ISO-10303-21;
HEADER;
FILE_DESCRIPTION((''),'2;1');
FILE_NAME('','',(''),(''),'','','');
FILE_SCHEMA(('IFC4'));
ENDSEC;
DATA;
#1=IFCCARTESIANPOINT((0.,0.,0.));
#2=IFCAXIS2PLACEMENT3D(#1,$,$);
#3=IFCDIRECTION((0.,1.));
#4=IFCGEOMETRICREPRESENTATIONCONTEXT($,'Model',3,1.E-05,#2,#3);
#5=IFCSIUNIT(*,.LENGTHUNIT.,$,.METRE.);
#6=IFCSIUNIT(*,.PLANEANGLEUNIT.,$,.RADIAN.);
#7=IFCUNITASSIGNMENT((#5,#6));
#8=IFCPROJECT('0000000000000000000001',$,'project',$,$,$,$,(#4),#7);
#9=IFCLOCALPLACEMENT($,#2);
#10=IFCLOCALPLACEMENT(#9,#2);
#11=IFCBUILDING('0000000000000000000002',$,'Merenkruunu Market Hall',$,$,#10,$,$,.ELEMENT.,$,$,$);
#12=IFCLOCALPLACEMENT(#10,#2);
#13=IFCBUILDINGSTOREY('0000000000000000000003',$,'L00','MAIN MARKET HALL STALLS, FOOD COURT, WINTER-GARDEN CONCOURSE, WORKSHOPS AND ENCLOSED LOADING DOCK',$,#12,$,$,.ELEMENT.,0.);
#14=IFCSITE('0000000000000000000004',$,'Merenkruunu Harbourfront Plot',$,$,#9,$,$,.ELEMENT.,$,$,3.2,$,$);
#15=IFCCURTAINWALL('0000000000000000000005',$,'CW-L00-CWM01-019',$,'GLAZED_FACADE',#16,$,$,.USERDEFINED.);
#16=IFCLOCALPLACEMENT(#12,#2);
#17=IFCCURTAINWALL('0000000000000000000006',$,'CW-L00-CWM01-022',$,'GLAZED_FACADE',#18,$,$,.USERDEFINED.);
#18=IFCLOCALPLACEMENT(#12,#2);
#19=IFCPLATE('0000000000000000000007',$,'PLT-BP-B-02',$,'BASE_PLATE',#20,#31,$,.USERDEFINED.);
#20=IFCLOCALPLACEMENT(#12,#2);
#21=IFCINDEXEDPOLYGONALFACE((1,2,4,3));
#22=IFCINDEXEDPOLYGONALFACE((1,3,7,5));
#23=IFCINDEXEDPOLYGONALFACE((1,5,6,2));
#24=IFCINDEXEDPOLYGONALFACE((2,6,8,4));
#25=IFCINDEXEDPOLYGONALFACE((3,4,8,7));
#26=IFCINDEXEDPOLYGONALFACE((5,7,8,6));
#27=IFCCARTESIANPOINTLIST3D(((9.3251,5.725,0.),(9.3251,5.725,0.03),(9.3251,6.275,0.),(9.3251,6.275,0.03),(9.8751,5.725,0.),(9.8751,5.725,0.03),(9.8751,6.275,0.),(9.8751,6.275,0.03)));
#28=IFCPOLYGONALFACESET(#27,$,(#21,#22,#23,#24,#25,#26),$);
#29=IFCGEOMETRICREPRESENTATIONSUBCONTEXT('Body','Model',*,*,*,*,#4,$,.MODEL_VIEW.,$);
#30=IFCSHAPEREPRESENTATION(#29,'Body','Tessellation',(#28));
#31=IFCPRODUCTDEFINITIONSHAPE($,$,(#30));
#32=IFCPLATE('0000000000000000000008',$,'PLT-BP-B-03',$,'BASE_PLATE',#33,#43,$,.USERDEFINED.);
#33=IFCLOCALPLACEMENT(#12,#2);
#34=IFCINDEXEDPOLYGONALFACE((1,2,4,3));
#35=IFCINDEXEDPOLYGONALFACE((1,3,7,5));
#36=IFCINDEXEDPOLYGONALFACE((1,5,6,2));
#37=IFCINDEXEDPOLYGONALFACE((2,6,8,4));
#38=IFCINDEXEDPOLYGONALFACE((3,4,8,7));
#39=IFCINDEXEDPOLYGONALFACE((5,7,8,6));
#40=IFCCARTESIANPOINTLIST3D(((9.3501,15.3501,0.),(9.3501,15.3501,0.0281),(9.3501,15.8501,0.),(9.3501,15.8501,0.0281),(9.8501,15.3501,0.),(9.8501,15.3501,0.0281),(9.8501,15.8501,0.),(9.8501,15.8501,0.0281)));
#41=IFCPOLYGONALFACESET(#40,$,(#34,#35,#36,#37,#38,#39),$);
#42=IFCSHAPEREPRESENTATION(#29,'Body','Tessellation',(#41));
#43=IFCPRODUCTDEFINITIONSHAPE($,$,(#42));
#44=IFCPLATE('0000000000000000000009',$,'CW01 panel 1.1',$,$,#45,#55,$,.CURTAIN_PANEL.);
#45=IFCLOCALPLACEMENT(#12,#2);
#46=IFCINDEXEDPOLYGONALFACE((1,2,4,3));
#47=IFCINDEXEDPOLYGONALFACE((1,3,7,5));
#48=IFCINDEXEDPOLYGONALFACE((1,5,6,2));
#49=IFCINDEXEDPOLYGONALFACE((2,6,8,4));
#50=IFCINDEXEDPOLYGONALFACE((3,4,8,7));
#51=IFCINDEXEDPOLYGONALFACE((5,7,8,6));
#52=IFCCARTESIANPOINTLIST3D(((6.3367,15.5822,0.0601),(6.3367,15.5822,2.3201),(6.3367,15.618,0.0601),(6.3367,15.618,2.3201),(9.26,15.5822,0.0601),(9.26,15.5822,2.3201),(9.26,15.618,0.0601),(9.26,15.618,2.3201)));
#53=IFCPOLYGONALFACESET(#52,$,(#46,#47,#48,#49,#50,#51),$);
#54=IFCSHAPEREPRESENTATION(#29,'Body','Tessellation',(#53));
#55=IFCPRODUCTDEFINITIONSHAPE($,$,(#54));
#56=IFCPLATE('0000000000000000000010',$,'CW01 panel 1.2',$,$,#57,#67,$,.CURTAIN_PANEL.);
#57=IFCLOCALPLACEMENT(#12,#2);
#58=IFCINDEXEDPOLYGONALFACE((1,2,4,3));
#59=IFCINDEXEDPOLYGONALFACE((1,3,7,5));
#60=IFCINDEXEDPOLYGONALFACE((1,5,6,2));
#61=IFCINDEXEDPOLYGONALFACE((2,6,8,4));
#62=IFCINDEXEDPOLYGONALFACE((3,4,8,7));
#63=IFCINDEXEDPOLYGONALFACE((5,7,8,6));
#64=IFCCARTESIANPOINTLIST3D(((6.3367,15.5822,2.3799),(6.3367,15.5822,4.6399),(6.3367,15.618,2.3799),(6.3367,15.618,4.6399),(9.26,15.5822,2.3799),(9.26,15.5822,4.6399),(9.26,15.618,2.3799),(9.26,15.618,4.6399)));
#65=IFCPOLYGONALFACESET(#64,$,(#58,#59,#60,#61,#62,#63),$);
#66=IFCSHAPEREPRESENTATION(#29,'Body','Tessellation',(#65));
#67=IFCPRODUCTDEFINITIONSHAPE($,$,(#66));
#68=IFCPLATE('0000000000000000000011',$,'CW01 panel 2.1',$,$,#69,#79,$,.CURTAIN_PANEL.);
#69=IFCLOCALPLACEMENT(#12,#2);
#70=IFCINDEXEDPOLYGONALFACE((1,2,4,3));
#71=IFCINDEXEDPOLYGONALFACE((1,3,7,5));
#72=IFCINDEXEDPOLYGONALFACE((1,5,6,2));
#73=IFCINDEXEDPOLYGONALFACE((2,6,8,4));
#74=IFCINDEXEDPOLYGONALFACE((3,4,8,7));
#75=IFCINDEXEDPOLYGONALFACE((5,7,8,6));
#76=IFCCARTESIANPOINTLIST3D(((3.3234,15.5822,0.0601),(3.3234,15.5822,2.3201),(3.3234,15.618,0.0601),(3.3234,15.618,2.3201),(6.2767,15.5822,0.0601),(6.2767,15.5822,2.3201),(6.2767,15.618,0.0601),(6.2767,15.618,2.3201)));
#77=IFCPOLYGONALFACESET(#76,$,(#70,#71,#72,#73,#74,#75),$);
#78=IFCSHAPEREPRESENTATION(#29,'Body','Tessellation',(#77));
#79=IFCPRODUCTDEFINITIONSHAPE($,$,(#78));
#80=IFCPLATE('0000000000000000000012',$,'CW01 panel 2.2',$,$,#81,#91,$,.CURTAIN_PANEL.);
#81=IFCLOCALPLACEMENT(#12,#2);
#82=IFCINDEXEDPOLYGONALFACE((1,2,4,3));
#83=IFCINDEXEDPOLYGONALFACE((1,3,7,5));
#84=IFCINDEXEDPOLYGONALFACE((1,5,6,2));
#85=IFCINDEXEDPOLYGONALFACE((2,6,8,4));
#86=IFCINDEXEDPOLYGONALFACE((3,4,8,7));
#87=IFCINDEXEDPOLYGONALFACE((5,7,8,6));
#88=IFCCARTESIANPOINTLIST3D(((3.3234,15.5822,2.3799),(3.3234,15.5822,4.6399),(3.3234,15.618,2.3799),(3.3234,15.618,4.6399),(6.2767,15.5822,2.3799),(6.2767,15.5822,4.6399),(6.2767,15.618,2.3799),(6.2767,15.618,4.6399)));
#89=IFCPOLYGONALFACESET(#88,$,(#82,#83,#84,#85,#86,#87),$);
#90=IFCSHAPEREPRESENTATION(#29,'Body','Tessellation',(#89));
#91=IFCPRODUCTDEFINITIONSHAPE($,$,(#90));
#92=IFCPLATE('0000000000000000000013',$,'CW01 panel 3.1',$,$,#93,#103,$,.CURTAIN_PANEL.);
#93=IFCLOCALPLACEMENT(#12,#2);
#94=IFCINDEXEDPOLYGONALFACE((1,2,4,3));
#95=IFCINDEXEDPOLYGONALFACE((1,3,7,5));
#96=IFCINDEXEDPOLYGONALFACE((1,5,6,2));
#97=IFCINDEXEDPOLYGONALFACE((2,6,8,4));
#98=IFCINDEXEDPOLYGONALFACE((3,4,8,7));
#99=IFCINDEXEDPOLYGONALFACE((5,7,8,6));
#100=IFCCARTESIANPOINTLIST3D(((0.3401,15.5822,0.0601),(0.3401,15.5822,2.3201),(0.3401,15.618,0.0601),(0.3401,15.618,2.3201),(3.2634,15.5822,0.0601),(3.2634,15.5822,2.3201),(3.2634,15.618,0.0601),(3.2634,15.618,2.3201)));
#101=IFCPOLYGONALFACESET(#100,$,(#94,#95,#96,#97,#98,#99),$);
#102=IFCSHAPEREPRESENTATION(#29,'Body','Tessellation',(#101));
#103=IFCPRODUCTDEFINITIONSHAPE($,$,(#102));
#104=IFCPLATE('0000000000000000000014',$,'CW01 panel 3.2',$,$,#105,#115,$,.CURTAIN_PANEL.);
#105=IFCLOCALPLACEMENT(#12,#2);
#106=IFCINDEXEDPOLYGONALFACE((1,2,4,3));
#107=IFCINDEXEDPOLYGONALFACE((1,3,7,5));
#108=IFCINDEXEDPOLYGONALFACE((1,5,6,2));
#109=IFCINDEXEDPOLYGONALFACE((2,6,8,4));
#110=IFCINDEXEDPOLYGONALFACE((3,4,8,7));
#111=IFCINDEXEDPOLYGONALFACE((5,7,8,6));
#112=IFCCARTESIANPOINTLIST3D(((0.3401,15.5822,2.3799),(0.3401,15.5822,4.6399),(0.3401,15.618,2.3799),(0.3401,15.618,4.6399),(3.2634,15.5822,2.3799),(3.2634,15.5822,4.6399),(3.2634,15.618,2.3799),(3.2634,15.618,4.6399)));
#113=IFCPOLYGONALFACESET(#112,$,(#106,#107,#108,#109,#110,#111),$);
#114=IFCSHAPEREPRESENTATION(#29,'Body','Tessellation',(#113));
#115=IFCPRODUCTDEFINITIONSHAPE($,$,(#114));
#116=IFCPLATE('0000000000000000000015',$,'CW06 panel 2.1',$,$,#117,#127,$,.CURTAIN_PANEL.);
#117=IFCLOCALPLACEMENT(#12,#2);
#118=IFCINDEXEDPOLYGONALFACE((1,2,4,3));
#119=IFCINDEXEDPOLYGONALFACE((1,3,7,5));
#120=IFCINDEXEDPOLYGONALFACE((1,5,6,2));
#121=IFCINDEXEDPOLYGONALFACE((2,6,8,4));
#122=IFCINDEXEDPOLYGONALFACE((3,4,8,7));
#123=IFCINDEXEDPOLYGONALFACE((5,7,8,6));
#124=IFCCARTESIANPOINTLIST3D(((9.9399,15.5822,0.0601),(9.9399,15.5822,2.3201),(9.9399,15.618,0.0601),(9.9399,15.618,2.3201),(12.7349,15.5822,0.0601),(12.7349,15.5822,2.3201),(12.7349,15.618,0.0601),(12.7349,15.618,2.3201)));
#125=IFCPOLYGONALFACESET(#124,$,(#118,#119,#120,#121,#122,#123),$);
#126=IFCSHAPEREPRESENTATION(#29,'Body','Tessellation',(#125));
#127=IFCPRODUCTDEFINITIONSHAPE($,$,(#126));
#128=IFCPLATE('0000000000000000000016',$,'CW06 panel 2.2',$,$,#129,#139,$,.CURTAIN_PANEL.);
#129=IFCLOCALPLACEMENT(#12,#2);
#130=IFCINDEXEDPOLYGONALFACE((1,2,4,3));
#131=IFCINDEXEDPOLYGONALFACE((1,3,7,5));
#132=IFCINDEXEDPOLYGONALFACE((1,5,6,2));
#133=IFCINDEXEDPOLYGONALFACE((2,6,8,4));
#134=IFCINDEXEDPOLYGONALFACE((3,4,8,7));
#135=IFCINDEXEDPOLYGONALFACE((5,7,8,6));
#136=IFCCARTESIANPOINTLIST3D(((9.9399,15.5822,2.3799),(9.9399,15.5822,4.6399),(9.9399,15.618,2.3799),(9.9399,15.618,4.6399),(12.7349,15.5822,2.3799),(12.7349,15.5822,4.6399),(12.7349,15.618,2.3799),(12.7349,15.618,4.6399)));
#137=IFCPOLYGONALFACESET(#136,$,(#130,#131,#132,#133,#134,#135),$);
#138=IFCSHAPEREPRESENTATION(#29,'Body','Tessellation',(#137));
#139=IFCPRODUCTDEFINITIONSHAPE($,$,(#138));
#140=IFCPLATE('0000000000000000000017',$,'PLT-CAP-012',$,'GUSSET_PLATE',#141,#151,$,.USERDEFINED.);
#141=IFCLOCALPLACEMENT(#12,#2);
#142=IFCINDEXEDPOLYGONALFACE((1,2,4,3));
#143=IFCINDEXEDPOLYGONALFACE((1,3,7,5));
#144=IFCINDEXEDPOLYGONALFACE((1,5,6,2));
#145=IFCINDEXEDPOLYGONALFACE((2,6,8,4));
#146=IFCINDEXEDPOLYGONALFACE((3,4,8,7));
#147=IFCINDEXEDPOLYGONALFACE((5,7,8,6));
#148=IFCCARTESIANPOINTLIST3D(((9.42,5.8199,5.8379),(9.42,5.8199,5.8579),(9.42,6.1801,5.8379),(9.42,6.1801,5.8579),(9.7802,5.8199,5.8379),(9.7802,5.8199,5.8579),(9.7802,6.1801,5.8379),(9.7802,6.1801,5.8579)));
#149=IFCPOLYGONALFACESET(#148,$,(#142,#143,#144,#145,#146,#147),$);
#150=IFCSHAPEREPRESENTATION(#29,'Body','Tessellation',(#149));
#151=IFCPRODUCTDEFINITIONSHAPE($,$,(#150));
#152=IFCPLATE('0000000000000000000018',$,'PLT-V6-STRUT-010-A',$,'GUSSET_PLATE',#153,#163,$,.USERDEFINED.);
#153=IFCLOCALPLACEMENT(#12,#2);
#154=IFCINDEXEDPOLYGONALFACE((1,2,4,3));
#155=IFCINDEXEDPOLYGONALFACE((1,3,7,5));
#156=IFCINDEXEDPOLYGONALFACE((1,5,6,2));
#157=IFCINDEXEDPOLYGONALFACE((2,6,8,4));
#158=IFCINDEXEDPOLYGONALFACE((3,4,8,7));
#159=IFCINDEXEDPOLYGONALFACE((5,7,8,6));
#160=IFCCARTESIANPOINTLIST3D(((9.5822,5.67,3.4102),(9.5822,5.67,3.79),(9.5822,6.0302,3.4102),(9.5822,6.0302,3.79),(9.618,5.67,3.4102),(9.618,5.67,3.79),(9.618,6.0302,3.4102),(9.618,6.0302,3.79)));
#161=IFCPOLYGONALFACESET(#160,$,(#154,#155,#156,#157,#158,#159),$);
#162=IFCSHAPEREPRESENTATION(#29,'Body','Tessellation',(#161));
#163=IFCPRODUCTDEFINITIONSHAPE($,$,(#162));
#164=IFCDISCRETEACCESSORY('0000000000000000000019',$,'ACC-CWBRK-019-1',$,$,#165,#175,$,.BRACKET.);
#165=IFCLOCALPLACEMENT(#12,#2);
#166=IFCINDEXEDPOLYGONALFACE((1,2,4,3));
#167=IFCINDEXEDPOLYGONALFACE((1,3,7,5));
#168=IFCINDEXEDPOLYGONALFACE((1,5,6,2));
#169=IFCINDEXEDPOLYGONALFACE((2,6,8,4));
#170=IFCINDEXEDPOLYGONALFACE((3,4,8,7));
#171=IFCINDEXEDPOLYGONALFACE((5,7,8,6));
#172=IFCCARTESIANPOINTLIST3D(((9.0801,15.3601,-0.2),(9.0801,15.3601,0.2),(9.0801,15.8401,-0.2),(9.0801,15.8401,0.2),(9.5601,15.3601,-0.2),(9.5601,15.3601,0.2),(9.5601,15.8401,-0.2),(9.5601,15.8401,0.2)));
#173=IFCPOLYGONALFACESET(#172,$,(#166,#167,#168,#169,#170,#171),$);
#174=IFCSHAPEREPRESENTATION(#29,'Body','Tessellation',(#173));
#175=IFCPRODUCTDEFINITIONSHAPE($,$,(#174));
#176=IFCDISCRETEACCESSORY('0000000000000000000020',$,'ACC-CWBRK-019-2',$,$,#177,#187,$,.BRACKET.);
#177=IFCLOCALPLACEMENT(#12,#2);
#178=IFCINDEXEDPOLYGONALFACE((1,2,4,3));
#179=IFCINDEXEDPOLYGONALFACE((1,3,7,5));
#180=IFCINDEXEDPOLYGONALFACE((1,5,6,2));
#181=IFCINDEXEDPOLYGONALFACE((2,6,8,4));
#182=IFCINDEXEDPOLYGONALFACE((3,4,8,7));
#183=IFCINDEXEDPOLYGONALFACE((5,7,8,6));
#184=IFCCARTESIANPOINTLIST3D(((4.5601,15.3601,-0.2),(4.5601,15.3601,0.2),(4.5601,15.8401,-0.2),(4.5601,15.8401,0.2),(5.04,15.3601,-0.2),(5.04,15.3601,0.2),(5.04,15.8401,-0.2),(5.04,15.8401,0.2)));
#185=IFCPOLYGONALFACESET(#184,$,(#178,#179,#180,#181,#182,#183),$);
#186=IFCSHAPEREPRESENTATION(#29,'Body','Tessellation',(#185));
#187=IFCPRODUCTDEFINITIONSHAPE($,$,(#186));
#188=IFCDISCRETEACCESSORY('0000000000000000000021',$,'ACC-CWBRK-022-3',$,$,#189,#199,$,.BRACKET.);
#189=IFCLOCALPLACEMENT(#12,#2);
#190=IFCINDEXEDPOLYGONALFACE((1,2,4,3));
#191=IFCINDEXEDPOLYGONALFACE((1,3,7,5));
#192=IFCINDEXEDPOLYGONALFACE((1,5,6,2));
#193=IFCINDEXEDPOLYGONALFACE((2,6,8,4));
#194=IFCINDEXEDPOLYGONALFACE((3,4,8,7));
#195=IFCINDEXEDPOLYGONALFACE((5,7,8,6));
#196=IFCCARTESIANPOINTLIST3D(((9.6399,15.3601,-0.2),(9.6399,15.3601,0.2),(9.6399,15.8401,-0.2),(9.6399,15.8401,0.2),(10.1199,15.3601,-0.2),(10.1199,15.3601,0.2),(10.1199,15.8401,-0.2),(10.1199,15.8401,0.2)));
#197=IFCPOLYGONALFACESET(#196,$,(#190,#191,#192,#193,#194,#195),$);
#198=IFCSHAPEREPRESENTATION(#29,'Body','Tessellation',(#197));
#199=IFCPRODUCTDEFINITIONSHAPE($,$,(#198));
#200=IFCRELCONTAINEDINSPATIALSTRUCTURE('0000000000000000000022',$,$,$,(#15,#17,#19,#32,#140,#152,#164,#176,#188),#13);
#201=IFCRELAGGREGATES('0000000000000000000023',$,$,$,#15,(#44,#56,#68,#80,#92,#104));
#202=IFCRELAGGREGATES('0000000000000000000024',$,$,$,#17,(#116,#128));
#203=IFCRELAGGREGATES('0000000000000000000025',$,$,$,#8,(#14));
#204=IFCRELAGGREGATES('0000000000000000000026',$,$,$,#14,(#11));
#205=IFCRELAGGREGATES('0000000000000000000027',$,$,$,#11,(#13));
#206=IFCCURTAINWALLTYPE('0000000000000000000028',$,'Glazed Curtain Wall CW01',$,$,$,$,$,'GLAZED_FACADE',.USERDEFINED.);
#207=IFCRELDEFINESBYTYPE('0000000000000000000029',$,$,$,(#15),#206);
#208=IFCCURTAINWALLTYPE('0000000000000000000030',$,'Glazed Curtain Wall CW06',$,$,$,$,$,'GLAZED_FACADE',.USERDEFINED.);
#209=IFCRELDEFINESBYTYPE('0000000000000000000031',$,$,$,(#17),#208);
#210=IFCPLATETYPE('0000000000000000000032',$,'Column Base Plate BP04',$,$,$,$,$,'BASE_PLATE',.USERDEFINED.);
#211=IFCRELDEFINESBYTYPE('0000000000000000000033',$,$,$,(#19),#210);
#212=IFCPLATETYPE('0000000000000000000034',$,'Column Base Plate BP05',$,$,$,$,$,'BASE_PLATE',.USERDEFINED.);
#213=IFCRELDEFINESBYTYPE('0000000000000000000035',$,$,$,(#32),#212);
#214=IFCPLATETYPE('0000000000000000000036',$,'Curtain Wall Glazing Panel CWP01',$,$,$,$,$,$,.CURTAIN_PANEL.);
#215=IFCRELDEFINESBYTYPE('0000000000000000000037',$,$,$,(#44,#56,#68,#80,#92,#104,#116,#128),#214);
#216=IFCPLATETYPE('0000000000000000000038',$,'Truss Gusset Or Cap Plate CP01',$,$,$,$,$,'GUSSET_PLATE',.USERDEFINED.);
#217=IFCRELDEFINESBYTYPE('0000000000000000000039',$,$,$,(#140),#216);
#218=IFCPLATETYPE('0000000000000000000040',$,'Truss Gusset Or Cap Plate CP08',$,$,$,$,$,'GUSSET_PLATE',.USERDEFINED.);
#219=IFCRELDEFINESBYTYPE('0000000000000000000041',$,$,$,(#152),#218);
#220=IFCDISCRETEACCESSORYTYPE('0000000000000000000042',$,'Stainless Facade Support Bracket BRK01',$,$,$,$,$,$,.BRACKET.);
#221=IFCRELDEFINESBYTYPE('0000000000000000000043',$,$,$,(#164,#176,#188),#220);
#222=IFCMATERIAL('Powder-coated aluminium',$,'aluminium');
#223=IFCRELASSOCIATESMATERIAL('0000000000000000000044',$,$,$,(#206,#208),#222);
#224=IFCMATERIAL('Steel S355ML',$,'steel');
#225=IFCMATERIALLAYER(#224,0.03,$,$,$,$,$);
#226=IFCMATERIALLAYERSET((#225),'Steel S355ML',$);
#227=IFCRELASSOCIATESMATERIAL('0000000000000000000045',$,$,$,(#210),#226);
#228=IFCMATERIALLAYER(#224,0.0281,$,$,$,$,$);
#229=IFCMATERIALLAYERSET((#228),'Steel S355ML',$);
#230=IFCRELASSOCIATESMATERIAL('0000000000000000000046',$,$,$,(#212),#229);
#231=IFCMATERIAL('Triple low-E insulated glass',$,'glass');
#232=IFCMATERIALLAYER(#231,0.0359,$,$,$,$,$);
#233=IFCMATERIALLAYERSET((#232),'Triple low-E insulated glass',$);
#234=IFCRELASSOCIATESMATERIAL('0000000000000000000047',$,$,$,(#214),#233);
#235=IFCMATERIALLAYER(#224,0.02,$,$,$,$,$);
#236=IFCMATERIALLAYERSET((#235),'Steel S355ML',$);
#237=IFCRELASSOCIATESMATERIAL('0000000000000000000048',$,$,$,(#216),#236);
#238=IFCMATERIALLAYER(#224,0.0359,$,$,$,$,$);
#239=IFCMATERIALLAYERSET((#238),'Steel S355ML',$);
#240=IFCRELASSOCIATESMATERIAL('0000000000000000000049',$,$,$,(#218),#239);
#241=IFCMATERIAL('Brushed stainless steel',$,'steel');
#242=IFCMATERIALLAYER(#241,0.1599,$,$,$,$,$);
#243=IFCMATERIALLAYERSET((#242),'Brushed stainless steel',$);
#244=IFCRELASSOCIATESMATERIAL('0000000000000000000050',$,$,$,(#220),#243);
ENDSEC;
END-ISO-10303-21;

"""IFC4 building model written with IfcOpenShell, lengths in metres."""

from ifc_helpers import new_model, si_unit, direction, frame, origin, origin_2d, place, context, subcontext, project, spatial, rectangle, extrude, material, layer, layer_set, type_object, element, aggregate, save


model = new_model("IFC4")

# Units and contexts
model_context = context("Model", 3, precision=1e-05, world=origin(), true_north=direction((0.0, 1.0)))
body_context = subcontext(model_context, "Body", "Model", "MODEL_VIEW")
ifc_project = project(units=[si_unit("LENGTHUNIT", "METRE"), si_unit("PLANEANGLEUNIT", "RADIAN")], contexts=[model_context])

# Site, building, storey
site_placement = place(None, origin())
site = spatial("IfcSite", under=ifc_project, at=site_placement, Name="Merenkruunu Harbourfront Plot", CompositionType="ELEMENT", RefElevation=3.2)
building_placement = place(site_placement, origin())
building = spatial("IfcBuilding", under=site, at=building_placement, Name="Merenkruunu Market Hall", CompositionType="ELEMENT")
storey_placement = place(building_placement, origin())
storey = spatial("IfcBuildingStorey", under=building, at=storey_placement, Name="L00", Description="MAIN MARKET HALL STALLS, FOOD COURT, WINTER-GARDEN CONCOURSE, WORKSHOPS AND ENCLOSED LOADING DOCK", CompositionType="ELEMENT", Elevation=0.0)

# Shared definitions
ifc_material_1 = material(Name="Steel S355ML", Category="steel")

# Curtain walls
ifc_material_2 = material(Name="Powder-coated aluminium", Category="aluminium")
curtain_wall_type_1 = type_object("IfcCurtainWallType", Name="Glazed Curtain Wall CW01", ElementType="GLAZED_FACADE", PredefinedType="USERDEFINED", material=ifc_material_2)
curtain_wall_1_placement = place(storey_placement, origin())
curtain_wall_1 = element("IfcCurtainWall", 1, at=curtain_wall_1_placement, inside=storey, type_object=curtain_wall_type_1, Name="CW-L00-CWM01-019", ObjectType="GLAZED_FACADE", PredefinedType="USERDEFINED")
curtain_wall_type_2 = type_object("IfcCurtainWallType", Name="Glazed Curtain Wall CW06", ElementType="GLAZED_FACADE", PredefinedType="USERDEFINED", material=ifc_material_2)
curtain_wall_2_placement = place(storey_placement, origin())
curtain_wall_2 = element("IfcCurtainWall", 2, at=curtain_wall_2_placement, inside=storey, type_object=curtain_wall_type_2, Name="CW-L00-CWM01-022", ObjectType="GLAZED_FACADE", PredefinedType="USERDEFINED")

# Plates
ifc_layer_1 = layer(ifc_material_1, 0.03)
ifc_layer_set_1 = layer_set([ifc_layer_1], Name="Steel S355ML")
plate_type_1 = type_object("IfcPlateType", Name="Column Base Plate BP04", ElementType="BASE_PLATE", PredefinedType="USERDEFINED", material=ifc_layer_set_1)
plate_1_placement = place(storey_placement, frame((9.6001, 6.0, 0.0), z_axis=(0.0, 0.0, 1.0), x_axis=(1.0, 0.0, 0.0)))
element("IfcPlate", 3, at=plate_1_placement, inside=storey, type_object=plate_type_1, Name="PLT-BP-B-02", ObjectType="BASE_PLATE", PredefinedType="USERDEFINED", context=body_context, shape_type="SweptSolid", body=[
    extrude(rectangle(XDim=0.55, YDim=0.55, at=origin_2d()), origin(), (0.0, 0.0, 1.0), 0.03),
])
ifc_layer_2 = layer(ifc_material_1, 0.0281)
ifc_layer_set_2 = layer_set([ifc_layer_2], Name="Steel S355ML")
plate_type_2 = type_object("IfcPlateType", Name="Column Base Plate BP05", ElementType="BASE_PLATE", PredefinedType="USERDEFINED", material=ifc_layer_set_2)
plate_2_placement = place(storey_placement, frame((9.6001, 15.6001, 0.0), z_axis=(0.0, 0.0, 1.0), x_axis=(1.0, 0.0, 0.0)))
element("IfcPlate", 4, at=plate_2_placement, inside=storey, type_object=plate_type_2, Name="PLT-BP-B-03", ObjectType="BASE_PLATE", PredefinedType="USERDEFINED", context=body_context, shape_type="SweptSolid", body=[
    extrude(rectangle(XDim=0.5, YDim=0.5, at=origin_2d()), origin(), (0.0, 0.0, 1.0), 0.0281),
])

# Plates
ifc_material_3 = material(Name="Triple low-E insulated glass", Category="glass")
ifc_layer_3 = layer(ifc_material_3, 0.0359)
ifc_layer_set_3 = layer_set([ifc_layer_3], Name="Triple low-E insulated glass")
plate_type_3 = type_object("IfcPlateType", Name="Curtain Wall Glazing Panel CWP01", PredefinedType="CURTAIN_PANEL", material=ifc_layer_set_3)
plate_3_placement = place(storey_placement, frame((7.7983, 15.6001, 0.0601), z_axis=(0.0, 0.0, 1.0), x_axis=(-1.0, 0.0, 0.0)))
plate_3 = element("IfcPlate", 5, at=plate_3_placement, type_object=plate_type_3, Name="CW01 panel 1.1", PredefinedType="CURTAIN_PANEL", context=body_context, shape_type="SweptSolid", body=[
    extrude(rectangle(XDim=2.9233, YDim=0.0359, at=origin_2d()), origin(), (0.0, 0.0, 1.0), 2.26),
])
plate_4_placement = place(storey_placement, frame((7.7983, 15.6001, 2.3799), z_axis=(0.0, 0.0, 1.0), x_axis=(-1.0, 0.0, 0.0)))
plate_4 = element("IfcPlate", 6, at=plate_4_placement, type_object=plate_type_3, Name="CW01 panel 1.2", PredefinedType="CURTAIN_PANEL", context=body_context, shape_type="SweptSolid", body=[
    extrude(rectangle(XDim=2.9233, YDim=0.0359, at=origin_2d()), origin(), (0.0, 0.0, 1.0), 2.26),
])
plate_5_placement = place(storey_placement, frame((4.8, 15.6001, 0.0601), z_axis=(0.0, 0.0, 1.0), x_axis=(-1.0, 0.0, 0.0)))
plate_5 = element("IfcPlate", 7, at=plate_5_placement, type_object=plate_type_3, Name="CW01 panel 2.1", PredefinedType="CURTAIN_PANEL", context=body_context, shape_type="SweptSolid", body=[
    extrude(rectangle(XDim=2.9534, YDim=0.0359, at=origin_2d()), origin(), (0.0, 0.0, 1.0), 2.26),
])
plate_6_placement = place(storey_placement, frame((4.8, 15.6001, 2.3799), z_axis=(0.0, 0.0, 1.0), x_axis=(-1.0, 0.0, 0.0)))
plate_6 = element("IfcPlate", 8, at=plate_6_placement, type_object=plate_type_3, Name="CW01 panel 2.2", PredefinedType="CURTAIN_PANEL", context=body_context, shape_type="SweptSolid", body=[
    extrude(rectangle(XDim=2.9534, YDim=0.0359, at=origin_2d()), origin(), (0.0, 0.0, 1.0), 2.26),
])
plate_7_placement = place(storey_placement, frame((1.8018, 15.6001, 0.0601), z_axis=(0.0, 0.0, 1.0), x_axis=(-1.0, 0.0, 0.0)))
plate_7 = element("IfcPlate", 9, at=plate_7_placement, type_object=plate_type_3, Name="CW01 panel 3.1", PredefinedType="CURTAIN_PANEL", context=body_context, shape_type="SweptSolid", body=[
    extrude(rectangle(XDim=2.9233, YDim=0.0359, at=origin_2d()), origin(), (0.0, 0.0, 1.0), 2.26),
])
plate_8_placement = place(storey_placement, frame((1.8018, 15.6001, 2.3799), z_axis=(0.0, 0.0, 1.0), x_axis=(-1.0, 0.0, 0.0)))
plate_8 = element("IfcPlate", 10, at=plate_8_placement, type_object=plate_type_3, Name="CW01 panel 3.2", PredefinedType="CURTAIN_PANEL", context=body_context, shape_type="SweptSolid", body=[
    extrude(rectangle(XDim=2.9233, YDim=0.0359, at=origin_2d()), origin(), (0.0, 0.0, 1.0), 2.26),
])
aggregate(curtain_wall_1, [plate_3, plate_4, plate_5, plate_6, plate_7, plate_8])
plate_9_placement = place(storey_placement, frame((11.3374, 15.6001, 0.0601), z_axis=(0.0, 0.0, 1.0), x_axis=(-1.0, 0.0, 0.0)))
plate_9 = element("IfcPlate", 11, at=plate_9_placement, type_object=plate_type_3, Name="CW06 panel 2.1", PredefinedType="CURTAIN_PANEL", context=body_context, shape_type="SweptSolid", body=[
    extrude(rectangle(XDim=2.7949, YDim=0.0359, at=origin_2d()), origin(), (0.0, 0.0, 1.0), 2.26),
])
plate_10_placement = place(storey_placement, frame((11.3374, 15.6001, 2.3799), z_axis=(0.0, 0.0, 1.0), x_axis=(-1.0, 0.0, 0.0)))
plate_10 = element("IfcPlate", 12, at=plate_10_placement, type_object=plate_type_3, Name="CW06 panel 2.2", PredefinedType="CURTAIN_PANEL", context=body_context, shape_type="SweptSolid", body=[
    extrude(rectangle(XDim=2.7949, YDim=0.0359, at=origin_2d()), origin(), (0.0, 0.0, 1.0), 2.26),
])
aggregate(curtain_wall_2, [plate_9, plate_10])

# Plates
ifc_layer_4 = layer(ifc_material_1, 0.02)
ifc_layer_set_4 = layer_set([ifc_layer_4], Name="Steel S355ML")
plate_type_4 = type_object("IfcPlateType", Name="Truss Gusset Or Cap Plate CP01", ElementType="GUSSET_PLATE", PredefinedType="USERDEFINED", material=ifc_layer_set_4)
plate_11_placement = place(storey_placement, frame((9.6001, 6.0, 5.8379), z_axis=(0.0, 0.0, 1.0), x_axis=(1.0, 0.0, 0.0)))
element("IfcPlate", 13, at=plate_11_placement, inside=storey, type_object=plate_type_4, Name="PLT-CAP-012", ObjectType="GUSSET_PLATE", PredefinedType="USERDEFINED", context=body_context, shape_type="SweptSolid", body=[
    extrude(rectangle(XDim=0.3601, YDim=0.3601, at=origin_2d()), origin(), (0.0, 0.0, 1.0), 0.02),
])
ifc_layer_5 = layer(ifc_material_1, 0.0359)
ifc_layer_set_5 = layer_set([ifc_layer_5], Name="Steel S355ML")
plate_type_5 = type_object("IfcPlateType", Name="Truss Gusset Or Cap Plate CP08", ElementType="GUSSET_PLATE", PredefinedType="USERDEFINED", material=ifc_layer_set_5)
plate_12_placement = place(storey_placement, frame((9.6001, 5.8501, 3.4102), z_axis=(0.0, 0.0, 1.0), x_axis=(1.0, 0.0, 0.0)))
element("IfcPlate", 14, at=plate_12_placement, inside=storey, type_object=plate_type_5, Name="PLT-V6-STRUT-010-A", ObjectType="GUSSET_PLATE", PredefinedType="USERDEFINED", context=body_context, shape_type="SweptSolid", body=[
    extrude(rectangle(XDim=0.0359, YDim=0.3601, at=origin_2d()), origin(), (0.0, 0.0, 1.0), 0.3799),
])

# Discrete accessories
ifc_material_4 = material(Name="Brushed stainless steel", Category="steel")
ifc_layer_6 = layer(ifc_material_4, 0.1599)
ifc_layer_set_6 = layer_set([ifc_layer_6], Name="Brushed stainless steel")
discrete_accessory_type = type_object("IfcDiscreteAccessoryType", Name="Stainless Facade Support Bracket BRK01", PredefinedType="BRACKET", material=ifc_layer_set_6)
for number, where, z_axis, x_axis, name in (
    (15, (9.3201, 15.6001, -0.2), (0.0, 0.0, 1.0), (1.0, 0.0, 0.0), "ACC-CWBRK-019-1"),
    (16, (4.8, 15.6001, -0.2), (0.0, 0.0, 1.0), (1.0, 0.0, 0.0), "ACC-CWBRK-019-2"),
    (17, (9.8799, 15.6001, -0.2), (0.0, 0.0, 1.0), (1.0, 0.0, 0.0), "ACC-CWBRK-022-3"),
):
    element("IfcDiscreteAccessory", number, at=place(storey_placement, frame(where, z_axis=z_axis, x_axis=x_axis)), inside=storey, type_object=discrete_accessory_type, Name=name, PredefinedType="BRACKET", context=body_context, shape_type="SweptSolid", body=[
        extrude(rectangle(XDim=0.48, YDim=0.48, at=origin_2d()), origin(), (0.0, 0.0, 1.0), 0.3999),
    ])

save(model, "model.ifc")
